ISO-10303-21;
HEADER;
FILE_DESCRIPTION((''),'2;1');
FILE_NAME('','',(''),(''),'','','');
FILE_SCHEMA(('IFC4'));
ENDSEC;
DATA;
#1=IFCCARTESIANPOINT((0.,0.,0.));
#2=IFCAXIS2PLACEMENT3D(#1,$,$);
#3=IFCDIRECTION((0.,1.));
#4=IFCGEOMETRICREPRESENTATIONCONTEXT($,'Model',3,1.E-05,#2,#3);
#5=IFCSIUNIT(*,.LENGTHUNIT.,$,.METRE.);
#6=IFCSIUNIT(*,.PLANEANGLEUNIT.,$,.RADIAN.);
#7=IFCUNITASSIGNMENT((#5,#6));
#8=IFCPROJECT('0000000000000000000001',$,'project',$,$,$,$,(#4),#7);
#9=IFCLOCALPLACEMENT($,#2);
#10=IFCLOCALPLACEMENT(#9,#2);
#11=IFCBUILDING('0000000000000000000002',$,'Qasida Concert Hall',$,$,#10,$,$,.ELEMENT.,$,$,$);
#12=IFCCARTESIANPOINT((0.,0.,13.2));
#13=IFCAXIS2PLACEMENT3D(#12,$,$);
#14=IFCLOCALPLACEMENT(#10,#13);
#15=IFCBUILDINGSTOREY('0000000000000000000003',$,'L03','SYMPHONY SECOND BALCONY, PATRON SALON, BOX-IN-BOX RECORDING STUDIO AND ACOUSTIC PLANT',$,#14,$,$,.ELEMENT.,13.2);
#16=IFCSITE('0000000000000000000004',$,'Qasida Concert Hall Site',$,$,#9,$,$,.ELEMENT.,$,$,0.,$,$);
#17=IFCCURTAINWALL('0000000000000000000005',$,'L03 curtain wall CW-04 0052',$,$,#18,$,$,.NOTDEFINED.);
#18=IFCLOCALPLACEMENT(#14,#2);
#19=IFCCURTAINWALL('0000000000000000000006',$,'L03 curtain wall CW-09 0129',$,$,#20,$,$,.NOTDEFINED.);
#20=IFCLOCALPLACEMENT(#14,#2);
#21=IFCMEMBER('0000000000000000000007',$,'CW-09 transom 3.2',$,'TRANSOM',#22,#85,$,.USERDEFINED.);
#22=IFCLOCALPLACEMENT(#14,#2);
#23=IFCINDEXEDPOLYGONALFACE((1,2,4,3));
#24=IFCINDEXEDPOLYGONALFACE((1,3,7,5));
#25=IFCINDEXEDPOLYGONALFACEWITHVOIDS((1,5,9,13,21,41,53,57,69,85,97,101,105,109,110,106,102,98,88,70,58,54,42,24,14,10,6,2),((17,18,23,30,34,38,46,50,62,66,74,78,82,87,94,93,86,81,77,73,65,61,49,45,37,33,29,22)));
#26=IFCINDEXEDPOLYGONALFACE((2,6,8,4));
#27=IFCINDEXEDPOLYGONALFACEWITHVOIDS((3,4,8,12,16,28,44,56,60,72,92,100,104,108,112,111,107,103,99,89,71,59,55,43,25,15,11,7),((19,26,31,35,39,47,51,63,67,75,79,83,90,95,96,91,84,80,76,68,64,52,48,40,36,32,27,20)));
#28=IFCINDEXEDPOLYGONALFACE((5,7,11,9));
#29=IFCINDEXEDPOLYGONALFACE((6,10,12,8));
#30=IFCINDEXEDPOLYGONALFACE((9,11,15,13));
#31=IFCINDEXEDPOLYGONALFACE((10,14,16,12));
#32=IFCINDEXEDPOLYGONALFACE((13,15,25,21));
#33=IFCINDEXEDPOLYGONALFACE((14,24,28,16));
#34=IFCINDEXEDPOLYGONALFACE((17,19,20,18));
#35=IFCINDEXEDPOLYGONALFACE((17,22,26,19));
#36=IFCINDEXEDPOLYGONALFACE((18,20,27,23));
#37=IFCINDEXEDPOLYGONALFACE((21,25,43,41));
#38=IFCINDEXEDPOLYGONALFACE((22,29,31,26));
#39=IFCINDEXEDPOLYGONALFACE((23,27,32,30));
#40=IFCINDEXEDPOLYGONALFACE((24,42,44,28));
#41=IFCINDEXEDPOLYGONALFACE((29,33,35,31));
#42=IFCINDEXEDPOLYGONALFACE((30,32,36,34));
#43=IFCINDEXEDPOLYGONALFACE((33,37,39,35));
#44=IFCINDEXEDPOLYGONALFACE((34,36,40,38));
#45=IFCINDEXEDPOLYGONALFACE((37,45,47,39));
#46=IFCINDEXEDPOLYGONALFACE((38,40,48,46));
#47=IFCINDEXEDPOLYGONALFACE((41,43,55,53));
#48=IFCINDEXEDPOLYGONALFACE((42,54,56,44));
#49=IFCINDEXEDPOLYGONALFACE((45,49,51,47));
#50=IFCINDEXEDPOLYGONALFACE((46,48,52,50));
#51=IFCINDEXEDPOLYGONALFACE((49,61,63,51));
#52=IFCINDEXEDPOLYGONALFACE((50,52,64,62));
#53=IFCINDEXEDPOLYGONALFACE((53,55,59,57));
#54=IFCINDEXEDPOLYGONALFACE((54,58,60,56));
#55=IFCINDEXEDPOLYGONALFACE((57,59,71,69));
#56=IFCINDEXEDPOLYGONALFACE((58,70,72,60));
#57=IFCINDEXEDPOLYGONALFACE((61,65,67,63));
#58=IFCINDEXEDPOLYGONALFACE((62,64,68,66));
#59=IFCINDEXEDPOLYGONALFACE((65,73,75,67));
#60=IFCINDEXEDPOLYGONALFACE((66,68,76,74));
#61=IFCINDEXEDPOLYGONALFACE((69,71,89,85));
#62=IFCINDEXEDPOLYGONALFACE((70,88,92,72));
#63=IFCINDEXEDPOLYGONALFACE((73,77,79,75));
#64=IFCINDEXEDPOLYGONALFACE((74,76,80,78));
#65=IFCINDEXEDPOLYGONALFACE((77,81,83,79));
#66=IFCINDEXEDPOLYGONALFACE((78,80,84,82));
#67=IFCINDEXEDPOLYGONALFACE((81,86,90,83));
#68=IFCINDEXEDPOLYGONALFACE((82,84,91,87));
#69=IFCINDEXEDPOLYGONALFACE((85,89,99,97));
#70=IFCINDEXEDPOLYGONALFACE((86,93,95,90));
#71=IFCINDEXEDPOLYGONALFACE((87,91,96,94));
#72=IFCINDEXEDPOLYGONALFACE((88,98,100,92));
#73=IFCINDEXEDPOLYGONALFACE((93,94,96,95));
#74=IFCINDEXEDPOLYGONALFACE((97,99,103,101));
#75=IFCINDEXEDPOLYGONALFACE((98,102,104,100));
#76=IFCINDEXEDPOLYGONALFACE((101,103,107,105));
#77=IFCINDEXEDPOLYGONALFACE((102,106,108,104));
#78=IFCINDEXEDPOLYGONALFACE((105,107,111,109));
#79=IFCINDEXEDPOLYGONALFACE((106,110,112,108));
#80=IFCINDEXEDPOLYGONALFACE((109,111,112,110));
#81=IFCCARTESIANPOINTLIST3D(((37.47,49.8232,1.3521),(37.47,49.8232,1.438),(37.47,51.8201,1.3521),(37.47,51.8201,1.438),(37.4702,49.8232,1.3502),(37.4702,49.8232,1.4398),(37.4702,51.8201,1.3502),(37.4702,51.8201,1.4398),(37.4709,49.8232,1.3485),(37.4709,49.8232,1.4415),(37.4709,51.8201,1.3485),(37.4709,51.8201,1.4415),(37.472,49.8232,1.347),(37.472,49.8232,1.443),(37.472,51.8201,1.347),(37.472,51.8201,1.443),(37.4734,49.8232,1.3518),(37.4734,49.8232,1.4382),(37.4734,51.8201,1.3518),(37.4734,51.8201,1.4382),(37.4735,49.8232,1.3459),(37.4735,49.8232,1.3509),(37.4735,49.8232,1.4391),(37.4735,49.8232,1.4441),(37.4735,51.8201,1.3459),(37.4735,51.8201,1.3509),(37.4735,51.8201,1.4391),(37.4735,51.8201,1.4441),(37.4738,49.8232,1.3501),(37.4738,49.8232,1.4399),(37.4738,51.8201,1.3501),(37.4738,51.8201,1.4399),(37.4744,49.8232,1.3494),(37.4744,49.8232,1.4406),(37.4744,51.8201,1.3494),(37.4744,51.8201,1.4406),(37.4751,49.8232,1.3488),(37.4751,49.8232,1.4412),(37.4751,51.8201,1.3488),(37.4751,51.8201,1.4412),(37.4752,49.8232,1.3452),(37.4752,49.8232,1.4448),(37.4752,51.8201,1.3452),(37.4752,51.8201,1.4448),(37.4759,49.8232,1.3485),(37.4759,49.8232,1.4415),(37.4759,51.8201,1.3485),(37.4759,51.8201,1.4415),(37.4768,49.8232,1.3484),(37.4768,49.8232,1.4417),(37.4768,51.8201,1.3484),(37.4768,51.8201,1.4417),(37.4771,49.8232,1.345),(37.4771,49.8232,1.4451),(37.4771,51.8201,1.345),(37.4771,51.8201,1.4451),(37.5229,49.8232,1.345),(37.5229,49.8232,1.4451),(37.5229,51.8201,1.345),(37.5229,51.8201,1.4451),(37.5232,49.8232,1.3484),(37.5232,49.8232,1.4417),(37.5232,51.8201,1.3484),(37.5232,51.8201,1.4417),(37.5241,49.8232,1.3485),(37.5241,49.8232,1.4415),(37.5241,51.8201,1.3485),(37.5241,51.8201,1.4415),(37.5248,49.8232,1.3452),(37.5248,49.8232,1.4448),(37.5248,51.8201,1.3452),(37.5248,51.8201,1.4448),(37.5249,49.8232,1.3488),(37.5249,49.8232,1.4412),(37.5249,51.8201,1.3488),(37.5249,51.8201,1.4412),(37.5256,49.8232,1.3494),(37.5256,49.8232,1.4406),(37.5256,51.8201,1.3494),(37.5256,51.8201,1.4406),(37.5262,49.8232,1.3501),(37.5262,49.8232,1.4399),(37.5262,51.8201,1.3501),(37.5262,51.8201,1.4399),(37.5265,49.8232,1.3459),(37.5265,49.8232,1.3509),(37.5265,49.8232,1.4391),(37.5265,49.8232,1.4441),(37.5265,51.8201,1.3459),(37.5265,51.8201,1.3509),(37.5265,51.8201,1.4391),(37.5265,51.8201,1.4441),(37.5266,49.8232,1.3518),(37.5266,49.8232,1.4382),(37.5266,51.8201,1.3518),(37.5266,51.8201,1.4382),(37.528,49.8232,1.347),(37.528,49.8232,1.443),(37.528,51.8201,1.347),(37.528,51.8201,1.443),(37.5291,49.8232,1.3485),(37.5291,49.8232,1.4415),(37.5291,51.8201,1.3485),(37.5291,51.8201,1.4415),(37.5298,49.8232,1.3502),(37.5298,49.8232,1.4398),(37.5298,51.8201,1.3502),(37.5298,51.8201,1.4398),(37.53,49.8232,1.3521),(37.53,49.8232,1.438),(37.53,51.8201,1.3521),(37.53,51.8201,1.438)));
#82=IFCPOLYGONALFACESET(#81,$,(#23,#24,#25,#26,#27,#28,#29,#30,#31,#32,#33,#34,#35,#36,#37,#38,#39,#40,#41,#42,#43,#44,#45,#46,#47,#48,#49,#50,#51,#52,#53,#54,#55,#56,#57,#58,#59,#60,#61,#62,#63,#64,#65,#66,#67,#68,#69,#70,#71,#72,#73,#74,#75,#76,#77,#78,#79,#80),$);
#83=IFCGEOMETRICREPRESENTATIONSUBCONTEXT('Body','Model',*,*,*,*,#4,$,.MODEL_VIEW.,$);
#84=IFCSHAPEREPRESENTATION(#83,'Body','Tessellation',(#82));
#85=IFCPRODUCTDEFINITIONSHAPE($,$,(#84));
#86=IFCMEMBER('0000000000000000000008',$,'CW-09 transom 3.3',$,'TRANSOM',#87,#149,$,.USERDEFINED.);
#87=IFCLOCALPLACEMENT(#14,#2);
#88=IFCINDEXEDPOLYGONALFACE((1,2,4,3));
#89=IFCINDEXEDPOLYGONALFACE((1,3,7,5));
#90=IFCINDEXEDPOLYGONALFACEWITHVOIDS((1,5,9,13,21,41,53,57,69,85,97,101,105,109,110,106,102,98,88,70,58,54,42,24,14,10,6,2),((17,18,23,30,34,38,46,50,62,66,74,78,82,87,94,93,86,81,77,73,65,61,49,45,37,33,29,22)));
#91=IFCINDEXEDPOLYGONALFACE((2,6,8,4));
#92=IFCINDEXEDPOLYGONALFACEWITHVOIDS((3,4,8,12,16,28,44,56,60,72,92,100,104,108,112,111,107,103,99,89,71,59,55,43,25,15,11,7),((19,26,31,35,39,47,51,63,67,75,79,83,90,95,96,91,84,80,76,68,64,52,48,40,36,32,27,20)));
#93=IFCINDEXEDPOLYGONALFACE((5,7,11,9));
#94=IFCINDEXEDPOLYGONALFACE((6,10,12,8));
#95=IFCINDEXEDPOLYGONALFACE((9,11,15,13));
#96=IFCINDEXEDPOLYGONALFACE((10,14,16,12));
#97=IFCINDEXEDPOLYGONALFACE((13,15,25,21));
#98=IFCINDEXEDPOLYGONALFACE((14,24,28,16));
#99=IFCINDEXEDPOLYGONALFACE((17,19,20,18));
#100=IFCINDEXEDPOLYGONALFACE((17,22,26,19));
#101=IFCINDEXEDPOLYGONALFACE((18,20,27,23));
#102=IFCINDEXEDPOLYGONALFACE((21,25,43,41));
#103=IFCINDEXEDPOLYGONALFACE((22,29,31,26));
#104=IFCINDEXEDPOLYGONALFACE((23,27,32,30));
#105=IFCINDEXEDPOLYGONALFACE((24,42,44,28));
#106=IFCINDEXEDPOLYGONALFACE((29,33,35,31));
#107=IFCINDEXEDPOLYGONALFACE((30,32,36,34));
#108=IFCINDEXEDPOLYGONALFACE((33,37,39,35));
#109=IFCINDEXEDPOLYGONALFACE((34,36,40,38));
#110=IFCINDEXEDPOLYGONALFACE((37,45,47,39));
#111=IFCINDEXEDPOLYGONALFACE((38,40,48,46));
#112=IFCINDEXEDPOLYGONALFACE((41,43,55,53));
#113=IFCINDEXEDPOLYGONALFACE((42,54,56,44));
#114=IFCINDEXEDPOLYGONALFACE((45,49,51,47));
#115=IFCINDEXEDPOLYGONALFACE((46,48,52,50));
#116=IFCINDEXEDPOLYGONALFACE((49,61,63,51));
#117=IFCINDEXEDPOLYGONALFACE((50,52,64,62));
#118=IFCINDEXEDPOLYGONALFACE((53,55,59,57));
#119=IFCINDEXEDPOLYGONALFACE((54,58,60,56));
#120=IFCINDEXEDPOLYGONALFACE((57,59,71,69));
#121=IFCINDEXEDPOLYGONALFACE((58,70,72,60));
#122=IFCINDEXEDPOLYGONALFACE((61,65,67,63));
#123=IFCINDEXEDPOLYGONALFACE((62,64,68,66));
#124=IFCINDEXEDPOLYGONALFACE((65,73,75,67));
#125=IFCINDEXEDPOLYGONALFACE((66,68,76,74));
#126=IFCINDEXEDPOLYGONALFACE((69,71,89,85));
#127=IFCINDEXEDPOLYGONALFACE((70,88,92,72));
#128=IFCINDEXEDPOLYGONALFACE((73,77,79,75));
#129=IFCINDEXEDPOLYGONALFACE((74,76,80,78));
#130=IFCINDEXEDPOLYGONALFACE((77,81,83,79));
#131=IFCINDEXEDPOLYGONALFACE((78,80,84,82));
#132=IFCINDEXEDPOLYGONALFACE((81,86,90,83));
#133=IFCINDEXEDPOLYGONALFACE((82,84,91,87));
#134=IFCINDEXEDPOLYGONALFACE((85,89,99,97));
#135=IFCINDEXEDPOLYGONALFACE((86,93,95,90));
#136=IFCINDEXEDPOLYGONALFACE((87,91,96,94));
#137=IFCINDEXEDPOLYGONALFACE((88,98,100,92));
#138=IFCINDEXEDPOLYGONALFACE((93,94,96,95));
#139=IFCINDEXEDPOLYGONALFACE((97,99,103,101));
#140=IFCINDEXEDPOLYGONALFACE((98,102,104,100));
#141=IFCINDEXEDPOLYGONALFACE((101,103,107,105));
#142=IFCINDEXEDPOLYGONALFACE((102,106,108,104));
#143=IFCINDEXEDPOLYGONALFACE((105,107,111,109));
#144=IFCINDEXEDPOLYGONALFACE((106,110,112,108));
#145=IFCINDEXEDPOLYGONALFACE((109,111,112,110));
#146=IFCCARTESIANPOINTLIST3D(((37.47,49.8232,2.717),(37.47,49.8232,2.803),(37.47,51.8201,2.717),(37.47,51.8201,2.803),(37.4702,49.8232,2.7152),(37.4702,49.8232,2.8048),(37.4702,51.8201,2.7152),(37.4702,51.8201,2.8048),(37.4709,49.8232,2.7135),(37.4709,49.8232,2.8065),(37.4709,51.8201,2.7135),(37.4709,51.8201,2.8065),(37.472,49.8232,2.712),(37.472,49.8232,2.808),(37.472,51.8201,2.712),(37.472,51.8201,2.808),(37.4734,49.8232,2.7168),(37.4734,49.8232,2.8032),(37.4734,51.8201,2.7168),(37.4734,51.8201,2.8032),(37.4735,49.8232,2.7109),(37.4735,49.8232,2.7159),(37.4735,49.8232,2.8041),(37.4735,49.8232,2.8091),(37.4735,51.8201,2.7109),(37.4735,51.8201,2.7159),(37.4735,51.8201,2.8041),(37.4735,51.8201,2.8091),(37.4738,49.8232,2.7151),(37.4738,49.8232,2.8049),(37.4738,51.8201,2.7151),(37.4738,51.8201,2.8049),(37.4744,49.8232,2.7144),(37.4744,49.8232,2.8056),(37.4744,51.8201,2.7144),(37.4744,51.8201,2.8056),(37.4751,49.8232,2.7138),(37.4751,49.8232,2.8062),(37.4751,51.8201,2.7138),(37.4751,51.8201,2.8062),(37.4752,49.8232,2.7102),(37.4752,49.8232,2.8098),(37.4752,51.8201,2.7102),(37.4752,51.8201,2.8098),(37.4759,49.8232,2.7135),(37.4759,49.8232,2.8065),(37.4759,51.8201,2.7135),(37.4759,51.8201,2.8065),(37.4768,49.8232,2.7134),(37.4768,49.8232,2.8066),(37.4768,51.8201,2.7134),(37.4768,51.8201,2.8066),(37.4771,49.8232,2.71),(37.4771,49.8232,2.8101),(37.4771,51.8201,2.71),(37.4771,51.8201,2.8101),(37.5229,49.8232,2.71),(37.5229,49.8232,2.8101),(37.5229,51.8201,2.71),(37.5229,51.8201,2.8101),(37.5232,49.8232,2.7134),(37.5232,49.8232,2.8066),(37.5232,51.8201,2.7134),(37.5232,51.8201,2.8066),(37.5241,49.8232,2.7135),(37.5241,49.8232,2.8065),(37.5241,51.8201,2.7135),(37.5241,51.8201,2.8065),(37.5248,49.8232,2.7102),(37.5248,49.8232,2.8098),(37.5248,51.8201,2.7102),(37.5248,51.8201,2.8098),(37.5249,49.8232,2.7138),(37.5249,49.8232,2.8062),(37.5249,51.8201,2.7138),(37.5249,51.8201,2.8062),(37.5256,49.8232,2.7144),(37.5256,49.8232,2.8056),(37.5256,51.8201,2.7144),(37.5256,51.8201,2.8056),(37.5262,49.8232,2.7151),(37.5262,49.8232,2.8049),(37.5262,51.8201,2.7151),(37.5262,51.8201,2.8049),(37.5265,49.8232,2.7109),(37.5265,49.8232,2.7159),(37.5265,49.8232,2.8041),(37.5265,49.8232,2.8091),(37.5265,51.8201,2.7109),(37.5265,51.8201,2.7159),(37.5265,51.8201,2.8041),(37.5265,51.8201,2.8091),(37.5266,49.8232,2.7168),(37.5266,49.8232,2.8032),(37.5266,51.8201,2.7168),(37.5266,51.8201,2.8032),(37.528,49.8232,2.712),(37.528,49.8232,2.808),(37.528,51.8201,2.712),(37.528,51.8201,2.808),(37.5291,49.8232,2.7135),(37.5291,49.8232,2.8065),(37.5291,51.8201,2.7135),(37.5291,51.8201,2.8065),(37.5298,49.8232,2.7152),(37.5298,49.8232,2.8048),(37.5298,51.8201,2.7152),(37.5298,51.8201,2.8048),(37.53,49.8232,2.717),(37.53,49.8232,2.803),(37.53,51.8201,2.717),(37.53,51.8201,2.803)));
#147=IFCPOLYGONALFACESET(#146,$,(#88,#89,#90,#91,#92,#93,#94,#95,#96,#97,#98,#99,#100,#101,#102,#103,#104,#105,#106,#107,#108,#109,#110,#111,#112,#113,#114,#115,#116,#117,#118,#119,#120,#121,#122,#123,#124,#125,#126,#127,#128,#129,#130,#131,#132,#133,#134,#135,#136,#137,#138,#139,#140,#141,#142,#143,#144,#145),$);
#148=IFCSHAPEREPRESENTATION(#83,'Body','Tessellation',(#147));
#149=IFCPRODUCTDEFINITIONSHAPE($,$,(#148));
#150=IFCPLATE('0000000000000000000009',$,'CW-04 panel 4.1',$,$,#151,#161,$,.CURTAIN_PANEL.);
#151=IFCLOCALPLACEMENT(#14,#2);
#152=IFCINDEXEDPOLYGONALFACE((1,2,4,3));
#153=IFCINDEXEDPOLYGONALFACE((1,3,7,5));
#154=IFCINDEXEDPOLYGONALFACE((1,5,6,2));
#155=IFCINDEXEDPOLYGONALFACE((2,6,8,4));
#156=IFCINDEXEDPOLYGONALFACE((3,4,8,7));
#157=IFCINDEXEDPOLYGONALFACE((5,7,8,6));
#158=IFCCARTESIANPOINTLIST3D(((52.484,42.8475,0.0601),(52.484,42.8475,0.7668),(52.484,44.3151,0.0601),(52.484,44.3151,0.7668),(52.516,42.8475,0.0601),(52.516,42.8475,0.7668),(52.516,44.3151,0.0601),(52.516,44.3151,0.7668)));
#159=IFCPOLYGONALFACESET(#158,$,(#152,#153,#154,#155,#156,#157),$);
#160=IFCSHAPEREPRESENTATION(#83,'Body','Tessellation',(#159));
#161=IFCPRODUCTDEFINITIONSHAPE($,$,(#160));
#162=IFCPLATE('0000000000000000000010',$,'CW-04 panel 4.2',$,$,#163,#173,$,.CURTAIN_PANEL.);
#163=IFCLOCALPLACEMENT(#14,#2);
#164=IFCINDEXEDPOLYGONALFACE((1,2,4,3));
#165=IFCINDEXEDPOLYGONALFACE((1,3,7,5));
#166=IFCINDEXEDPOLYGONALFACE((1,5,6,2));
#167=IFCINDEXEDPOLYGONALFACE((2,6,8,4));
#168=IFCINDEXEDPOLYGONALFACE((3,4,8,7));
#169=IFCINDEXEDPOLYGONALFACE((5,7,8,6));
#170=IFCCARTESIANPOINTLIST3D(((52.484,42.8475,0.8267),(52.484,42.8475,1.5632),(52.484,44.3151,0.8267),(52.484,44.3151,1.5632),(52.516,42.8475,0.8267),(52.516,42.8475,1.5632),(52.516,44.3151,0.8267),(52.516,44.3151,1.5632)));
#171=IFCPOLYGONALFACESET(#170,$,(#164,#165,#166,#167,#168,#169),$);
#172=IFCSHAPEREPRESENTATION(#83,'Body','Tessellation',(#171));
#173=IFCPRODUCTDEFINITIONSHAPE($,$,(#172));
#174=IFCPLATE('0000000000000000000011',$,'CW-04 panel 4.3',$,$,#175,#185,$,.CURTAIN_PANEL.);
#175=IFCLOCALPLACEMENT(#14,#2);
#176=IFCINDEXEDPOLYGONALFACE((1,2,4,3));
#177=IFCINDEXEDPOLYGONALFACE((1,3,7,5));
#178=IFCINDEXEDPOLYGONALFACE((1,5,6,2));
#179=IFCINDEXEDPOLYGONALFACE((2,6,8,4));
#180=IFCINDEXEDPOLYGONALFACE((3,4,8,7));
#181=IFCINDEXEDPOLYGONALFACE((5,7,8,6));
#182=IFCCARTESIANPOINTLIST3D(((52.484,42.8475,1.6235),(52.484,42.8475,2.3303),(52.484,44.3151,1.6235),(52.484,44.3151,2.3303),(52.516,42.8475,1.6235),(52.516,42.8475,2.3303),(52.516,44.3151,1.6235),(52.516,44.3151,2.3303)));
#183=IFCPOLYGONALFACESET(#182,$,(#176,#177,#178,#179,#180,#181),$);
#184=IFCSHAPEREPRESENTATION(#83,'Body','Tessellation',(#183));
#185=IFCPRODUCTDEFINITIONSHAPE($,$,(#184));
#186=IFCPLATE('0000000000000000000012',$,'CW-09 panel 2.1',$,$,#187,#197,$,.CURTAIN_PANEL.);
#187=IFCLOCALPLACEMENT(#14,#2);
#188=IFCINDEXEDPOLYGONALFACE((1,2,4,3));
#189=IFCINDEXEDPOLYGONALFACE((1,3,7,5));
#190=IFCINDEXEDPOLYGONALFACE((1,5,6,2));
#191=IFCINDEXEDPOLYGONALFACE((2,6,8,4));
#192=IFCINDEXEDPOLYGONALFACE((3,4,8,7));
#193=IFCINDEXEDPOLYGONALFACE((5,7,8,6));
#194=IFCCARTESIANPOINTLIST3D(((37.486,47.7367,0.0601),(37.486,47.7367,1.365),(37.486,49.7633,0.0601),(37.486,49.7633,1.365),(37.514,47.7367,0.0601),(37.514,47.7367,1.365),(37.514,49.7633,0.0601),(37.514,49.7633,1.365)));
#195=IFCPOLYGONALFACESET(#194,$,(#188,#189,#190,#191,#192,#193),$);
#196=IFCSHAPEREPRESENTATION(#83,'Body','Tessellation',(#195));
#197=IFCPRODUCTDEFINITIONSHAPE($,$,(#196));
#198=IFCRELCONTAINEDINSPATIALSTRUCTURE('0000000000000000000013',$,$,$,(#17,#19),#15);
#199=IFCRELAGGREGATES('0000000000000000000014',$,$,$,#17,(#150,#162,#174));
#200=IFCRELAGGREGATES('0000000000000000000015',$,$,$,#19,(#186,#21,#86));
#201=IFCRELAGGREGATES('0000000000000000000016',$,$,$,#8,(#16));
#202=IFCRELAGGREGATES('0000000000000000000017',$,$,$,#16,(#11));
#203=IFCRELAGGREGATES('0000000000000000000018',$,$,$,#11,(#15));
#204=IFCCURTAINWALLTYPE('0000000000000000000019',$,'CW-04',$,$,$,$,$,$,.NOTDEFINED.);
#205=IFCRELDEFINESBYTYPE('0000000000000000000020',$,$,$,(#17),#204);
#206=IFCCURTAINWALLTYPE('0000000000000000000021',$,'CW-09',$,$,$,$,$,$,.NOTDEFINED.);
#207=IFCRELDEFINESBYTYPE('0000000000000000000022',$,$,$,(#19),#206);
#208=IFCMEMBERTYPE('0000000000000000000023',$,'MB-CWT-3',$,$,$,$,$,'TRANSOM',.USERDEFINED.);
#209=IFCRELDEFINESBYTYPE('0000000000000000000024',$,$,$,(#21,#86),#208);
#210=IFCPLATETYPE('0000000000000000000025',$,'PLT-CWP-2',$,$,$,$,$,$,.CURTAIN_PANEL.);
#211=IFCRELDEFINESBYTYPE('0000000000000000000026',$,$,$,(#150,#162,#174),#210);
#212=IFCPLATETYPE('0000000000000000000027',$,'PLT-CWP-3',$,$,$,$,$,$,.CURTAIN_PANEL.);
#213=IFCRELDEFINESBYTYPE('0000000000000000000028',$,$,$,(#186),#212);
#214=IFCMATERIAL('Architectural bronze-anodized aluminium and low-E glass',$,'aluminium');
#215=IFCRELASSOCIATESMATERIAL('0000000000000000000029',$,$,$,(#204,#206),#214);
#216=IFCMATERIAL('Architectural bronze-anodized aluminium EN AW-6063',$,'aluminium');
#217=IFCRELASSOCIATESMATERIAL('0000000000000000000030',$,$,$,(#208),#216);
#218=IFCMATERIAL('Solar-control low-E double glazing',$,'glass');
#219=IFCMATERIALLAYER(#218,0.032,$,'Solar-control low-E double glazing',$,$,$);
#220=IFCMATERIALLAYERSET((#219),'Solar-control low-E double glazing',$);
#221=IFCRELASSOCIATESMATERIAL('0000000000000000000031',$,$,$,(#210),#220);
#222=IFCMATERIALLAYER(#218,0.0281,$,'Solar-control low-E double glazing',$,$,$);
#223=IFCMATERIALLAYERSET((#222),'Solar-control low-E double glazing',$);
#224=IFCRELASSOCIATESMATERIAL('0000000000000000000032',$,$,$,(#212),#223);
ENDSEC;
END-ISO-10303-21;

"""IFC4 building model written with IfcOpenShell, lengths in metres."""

from ifc_helpers import new_model, si_unit, direction, frame, origin, origin_2d, place, context, subcontext, project, spatial, rectangle, hollow_rectangle, extrude, material, layer, layer_set, material_profile, profile_set, type_object, element, aggregate, save


model = new_model("IFC4")

# Units and contexts
model_context = context("Model", 3, precision=1e-05, world=origin(), true_north=direction((0.0, 1.0)))
body_context = subcontext(model_context, "Body", "Model", "MODEL_VIEW")
ifc_project = project(units=[si_unit("LENGTHUNIT", "METRE"), si_unit("PLANEANGLEUNIT", "RADIAN")], contexts=[model_context])

# Site, building, storey
site_placement = place(None, origin())
site = spatial("IfcSite", under=ifc_project, at=site_placement, Name="Qasida Concert Hall Site", CompositionType="ELEMENT", RefElevation=0.0)
building_placement = place(site_placement, origin())
building = spatial("IfcBuilding", under=site, at=building_placement, Name="Qasida Concert Hall", CompositionType="ELEMENT")
storey_placement = place(building_placement, frame((0.0, 0.0, 13.2)))
storey = spatial("IfcBuildingStorey", under=building, at=storey_placement, Name="L03", Description="SYMPHONY SECOND BALCONY, PATRON SALON, BOX-IN-BOX RECORDING STUDIO AND ACOUSTIC PLANT", CompositionType="ELEMENT", Elevation=13.2)

# Curtain wall
ifc_material_1 = material(Name="Architectural bronze-anodized aluminium and low-E glass", Category="aluminium")
curtain_wall_type_1 = type_object("IfcCurtainWallType", Name="CW-04", PredefinedType="NOTDEFINED", material=ifc_material_1)
curtain_wall_1_placement = place(storey_placement, origin())
curtain_wall_1 = element("IfcCurtainWall", 1, at=curtain_wall_1_placement, inside=storey, type_object=curtain_wall_type_1, Name="L03 curtain wall CW-04 0052", PredefinedType="NOTDEFINED")
ifc_material_2 = material(Name="Architectural bronze-anodized aluminium EN AW-6063", Category="aluminium")

# Curtain wall
curtain_wall_type_2 = type_object("IfcCurtainWallType", Name="CW-09", PredefinedType="NOTDEFINED", material=ifc_material_1)
curtain_wall_2_placement = place(storey_placement, origin())
curtain_wall_2 = element("IfcCurtainWall", 2, at=curtain_wall_2_placement, inside=storey, type_object=curtain_wall_type_2, Name="L03 curtain wall CW-09 0129", PredefinedType="NOTDEFINED")

# Members
ifc_material_profile_1 = material_profile(ifc_material_2, hollow_rectangle(XDim=0.0601, YDim=0.1001, WallThickness=0.0034, InnerFilletRadius=0.0034, OuterFilletRadius=0.0071, at=origin_2d()), Name="CWT 100x60x3.5")
ifc_profile_set_1 = profile_set([ifc_material_profile_1], Name="Architectural bronze-anodized aluminium EN AW-6063")
member_type_1 = type_object("IfcMemberType", Name="MB-CWT-3", ElementType="TRANSOM", PredefinedType="USERDEFINED", material=ifc_profile_set_1)
member_1_placement = place(storey_placement, frame((37.5, 49.8232, 1.395), z_axis=(0.0, 1.0, 0.0), x_axis=(-1.0, 0.0, 0.0)))
member_1 = element("IfcMember", 3, at=member_1_placement, type_object=member_type_1, Name="CW-09 transom 3.2", ObjectType="TRANSOM", PredefinedType="USERDEFINED", context=body_context, shape_type="SweptSolid", body=[
    extrude(hollow_rectangle(XDim=0.0601, YDim=0.1001, WallThickness=0.0034, InnerFilletRadius=0.0034, OuterFilletRadius=0.0071, at=origin_2d()), origin(), (0.0, 0.0, 1.0), 1.9968),
])
member_2_placement = place(storey_placement, frame((37.5, 49.8232, 2.76), z_axis=(0.0, 1.0, 0.0), x_axis=(-1.0, 0.0, 0.0)))
member_2 = element("IfcMember", 4, at=member_2_placement, type_object=member_type_1, Name="CW-09 transom 3.3", ObjectType="TRANSOM", PredefinedType="USERDEFINED", context=body_context, shape_type="SweptSolid", body=[
    extrude(hollow_rectangle(XDim=0.0601, YDim=0.1001, WallThickness=0.0034, InnerFilletRadius=0.0034, OuterFilletRadius=0.0071, at=origin_2d()), origin(), (0.0, 0.0, 1.0), 1.9968),
])

# Plates
ifc_material_3 = material(Name="Solar-control low-E double glazing", Category="glass")
ifc_layer_1 = layer(ifc_material_3, 0.032, Name="Solar-control low-E double glazing")
ifc_layer_set_1 = layer_set([ifc_layer_1], Name="Solar-control low-E double glazing")
plate_type_1 = type_object("IfcPlateType", Name="PLT-CWP-2", PredefinedType="CURTAIN_PANEL", material=ifc_layer_set_1)
plate_1_placement = place(storey_placement, frame((52.5, 43.5813, 0.0601), z_axis=(0.0, 0.0, 1.0), x_axis=(0.0, 1.0, 0.0)))
plate_1 = element("IfcPlate", 5, at=plate_1_placement, type_object=plate_type_1, Name="CW-04 panel 4.1", PredefinedType="CURTAIN_PANEL", context=body_context, shape_type="SweptSolid", body=[
    extrude(rectangle(XDim=1.4675, YDim=0.032, at=origin_2d()), origin(), (0.0, 0.0, 1.0), 0.7068),
])
plate_2_placement = place(storey_placement, frame((52.5, 43.5813, 0.8267), z_axis=(0.0, 0.0, 1.0), x_axis=(0.0, 1.0, 0.0)))
plate_2 = element("IfcPlate", 6, at=plate_2_placement, type_object=plate_type_1, Name="CW-04 panel 4.2", PredefinedType="CURTAIN_PANEL", context=body_context, shape_type="SweptSolid", body=[
    extrude(rectangle(XDim=1.4675, YDim=0.032, at=origin_2d()), origin(), (0.0, 0.0, 1.0), 0.7366),
])
plate_3_placement = place(storey_placement, frame((52.5, 43.5813, 1.6235), z_axis=(0.0, 0.0, 1.0), x_axis=(0.0, 1.0, 0.0)))
plate_3 = element("IfcPlate", 7, at=plate_3_placement, type_object=plate_type_1, Name="CW-04 panel 4.3", PredefinedType="CURTAIN_PANEL", context=body_context, shape_type="SweptSolid", body=[
    extrude(rectangle(XDim=1.4675, YDim=0.032, at=origin_2d()), origin(), (0.0, 0.0, 1.0), 0.7068),
])
aggregate(curtain_wall_1, [plate_1, plate_2, plate_3])
ifc_layer_2 = layer(ifc_material_3, 0.0281, Name="Solar-control low-E double glazing")
ifc_layer_set_2 = layer_set([ifc_layer_2], Name="Solar-control low-E double glazing")
plate_type_2 = type_object("IfcPlateType", Name="PLT-CWP-3", PredefinedType="CURTAIN_PANEL", material=ifc_layer_set_2)
plate_4_placement = place(storey_placement, frame((37.5, 48.75, 0.0601), z_axis=(0.0, 0.0, 1.0), x_axis=(0.0, 1.0, 0.0)))
plate_4 = element("IfcPlate", 8, at=plate_4_placement, type_object=plate_type_2, Name="CW-09 panel 2.1", PredefinedType="CURTAIN_PANEL", context=body_context, shape_type="SweptSolid", body=[
    extrude(rectangle(XDim=2.0266, YDim=0.0281, at=origin_2d()), origin(), (0.0, 0.0, 1.0), 1.3049),
])
aggregate(curtain_wall_2, [plate_4, member_1, member_2])

save(model, "model.ifc")
